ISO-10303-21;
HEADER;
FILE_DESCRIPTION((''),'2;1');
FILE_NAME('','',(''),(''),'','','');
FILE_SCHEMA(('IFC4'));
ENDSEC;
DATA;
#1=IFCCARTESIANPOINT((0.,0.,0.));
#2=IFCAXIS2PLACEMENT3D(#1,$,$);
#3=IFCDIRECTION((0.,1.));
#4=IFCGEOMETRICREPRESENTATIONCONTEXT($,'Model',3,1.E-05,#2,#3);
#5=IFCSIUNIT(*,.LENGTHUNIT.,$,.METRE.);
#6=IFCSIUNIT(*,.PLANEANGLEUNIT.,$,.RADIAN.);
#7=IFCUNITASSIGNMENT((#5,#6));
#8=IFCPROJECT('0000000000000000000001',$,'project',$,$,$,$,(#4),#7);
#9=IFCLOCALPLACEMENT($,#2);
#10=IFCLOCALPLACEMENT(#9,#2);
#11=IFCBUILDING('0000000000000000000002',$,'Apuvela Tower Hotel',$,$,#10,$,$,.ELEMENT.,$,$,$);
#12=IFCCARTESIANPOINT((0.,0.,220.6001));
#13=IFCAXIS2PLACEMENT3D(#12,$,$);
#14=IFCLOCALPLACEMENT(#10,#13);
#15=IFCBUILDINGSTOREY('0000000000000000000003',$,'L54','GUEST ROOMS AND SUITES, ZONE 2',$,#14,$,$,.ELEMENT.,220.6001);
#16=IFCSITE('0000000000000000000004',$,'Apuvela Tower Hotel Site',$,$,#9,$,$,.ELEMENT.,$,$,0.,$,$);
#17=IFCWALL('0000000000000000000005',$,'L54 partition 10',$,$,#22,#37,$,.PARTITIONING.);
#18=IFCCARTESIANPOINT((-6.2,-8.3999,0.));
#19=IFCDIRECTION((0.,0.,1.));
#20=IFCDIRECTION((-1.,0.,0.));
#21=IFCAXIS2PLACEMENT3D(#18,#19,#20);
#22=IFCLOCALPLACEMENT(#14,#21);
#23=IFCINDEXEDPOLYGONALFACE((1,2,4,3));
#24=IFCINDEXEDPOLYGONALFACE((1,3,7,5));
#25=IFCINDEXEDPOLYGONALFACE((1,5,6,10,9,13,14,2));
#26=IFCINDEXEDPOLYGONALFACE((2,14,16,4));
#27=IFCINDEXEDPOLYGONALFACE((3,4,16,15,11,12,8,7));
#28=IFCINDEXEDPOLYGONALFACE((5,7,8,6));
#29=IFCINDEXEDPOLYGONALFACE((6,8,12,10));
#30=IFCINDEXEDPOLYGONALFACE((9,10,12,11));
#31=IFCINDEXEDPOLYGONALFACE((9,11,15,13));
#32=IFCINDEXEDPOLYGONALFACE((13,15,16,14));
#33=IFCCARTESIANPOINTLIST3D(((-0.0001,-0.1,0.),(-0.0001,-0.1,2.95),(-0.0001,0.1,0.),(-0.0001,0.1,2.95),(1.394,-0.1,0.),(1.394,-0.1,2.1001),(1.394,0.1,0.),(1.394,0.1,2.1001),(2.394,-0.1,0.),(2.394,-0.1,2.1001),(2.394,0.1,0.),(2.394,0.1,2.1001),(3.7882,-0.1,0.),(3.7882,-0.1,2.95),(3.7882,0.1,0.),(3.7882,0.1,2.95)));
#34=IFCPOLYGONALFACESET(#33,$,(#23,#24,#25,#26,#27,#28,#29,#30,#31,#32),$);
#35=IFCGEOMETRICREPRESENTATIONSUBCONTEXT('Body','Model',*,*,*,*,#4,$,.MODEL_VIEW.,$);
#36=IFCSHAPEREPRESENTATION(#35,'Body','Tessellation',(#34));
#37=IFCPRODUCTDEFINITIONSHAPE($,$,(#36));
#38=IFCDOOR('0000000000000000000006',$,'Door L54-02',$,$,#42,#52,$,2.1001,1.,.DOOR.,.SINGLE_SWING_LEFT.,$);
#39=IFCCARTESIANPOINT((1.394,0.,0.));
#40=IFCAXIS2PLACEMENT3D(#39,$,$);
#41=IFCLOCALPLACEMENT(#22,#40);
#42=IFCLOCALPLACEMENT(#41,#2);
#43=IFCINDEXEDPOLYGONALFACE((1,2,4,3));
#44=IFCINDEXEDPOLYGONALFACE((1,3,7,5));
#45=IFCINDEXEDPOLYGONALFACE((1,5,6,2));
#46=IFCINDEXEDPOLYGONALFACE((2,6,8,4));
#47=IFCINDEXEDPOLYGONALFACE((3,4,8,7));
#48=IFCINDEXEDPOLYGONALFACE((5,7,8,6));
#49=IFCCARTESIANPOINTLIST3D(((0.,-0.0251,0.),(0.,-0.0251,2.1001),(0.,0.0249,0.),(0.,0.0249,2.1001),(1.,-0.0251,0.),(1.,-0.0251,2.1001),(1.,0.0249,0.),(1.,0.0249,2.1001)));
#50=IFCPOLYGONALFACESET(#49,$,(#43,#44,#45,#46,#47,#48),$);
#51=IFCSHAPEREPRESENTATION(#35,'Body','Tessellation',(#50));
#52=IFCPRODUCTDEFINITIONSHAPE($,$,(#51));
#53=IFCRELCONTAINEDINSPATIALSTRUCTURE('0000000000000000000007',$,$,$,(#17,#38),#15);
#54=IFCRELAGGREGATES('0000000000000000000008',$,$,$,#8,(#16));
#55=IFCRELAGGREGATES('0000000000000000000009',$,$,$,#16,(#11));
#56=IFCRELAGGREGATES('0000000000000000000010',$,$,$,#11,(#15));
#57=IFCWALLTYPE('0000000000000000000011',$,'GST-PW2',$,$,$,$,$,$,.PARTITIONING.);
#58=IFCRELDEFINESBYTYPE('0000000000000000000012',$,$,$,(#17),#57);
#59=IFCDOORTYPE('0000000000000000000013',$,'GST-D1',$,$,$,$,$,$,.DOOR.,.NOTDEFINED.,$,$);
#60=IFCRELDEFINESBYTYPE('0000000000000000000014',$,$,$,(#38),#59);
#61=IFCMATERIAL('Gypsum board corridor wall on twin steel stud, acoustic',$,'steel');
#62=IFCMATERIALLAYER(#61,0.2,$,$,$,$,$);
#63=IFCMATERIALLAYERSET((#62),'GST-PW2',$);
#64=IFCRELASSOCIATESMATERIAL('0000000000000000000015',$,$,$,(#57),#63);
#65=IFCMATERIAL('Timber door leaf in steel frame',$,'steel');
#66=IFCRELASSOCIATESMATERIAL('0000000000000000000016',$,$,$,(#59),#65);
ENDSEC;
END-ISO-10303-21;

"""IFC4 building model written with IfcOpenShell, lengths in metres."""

from ifc_helpers import new_model, si_unit, direction, frame, frame_2d, origin, place, context, subcontext, project, spatial, rectangle, extrude, material, layer, layer_set, type_object, element, fill, save


model = new_model("IFC4")

# Units and contexts
model_context = context("Model", 3, precision=1e-05, world=origin(), true_north=direction((0.0, 1.0)))
body_context = subcontext(model_context, "Body", "Model", "MODEL_VIEW")
ifc_project = project(units=[si_unit("LENGTHUNIT", "METRE"), si_unit("PLANEANGLEUNIT", "RADIAN")], contexts=[model_context])

# Site, building, storey
site_placement = place(None, origin())
site = spatial("IfcSite", under=ifc_project, at=site_placement, Name="Apuvela Tower Hotel Site", CompositionType="ELEMENT", RefElevation=0.0)
building_placement = place(site_placement, origin())
building = spatial("IfcBuilding", under=site, at=building_placement, Name="Apuvela Tower Hotel", CompositionType="ELEMENT")
storey_placement = place(building_placement, frame((0.0, 0.0, 220.6001)))
storey = spatial("IfcBuildingStorey", under=building, at=storey_placement, Name="L54", Description="GUEST ROOMS AND SUITES, ZONE 2", CompositionType="ELEMENT", Elevation=220.6001)

# Wall, opening, door
ifc_material_1 = material(Name="Gypsum board corridor wall on twin steel stud, acoustic", Category="steel")
ifc_layer_1 = layer(ifc_material_1, 0.2)
ifc_layer_set_1 = layer_set([ifc_layer_1], Name="GST-PW2")
wall_type_1 = type_object("IfcWallType", Name="GST-PW2", PredefinedType="PARTITIONING", material=ifc_layer_set_1)
wall_1_placement = place(storey_placement, frame((-6.2, -8.3999, 0.0), z_axis=(0.0, 0.0, 1.0), x_axis=(-1.0, 0.0, 0.0)))
wall_1 = element("IfcWall", 1, at=wall_1_placement, inside=storey, type_object=wall_type_1, Name="L54 partition 10", PredefinedType="PARTITIONING", context=body_context, shape_type="SweptSolid", body=[
    extrude(rectangle(XDim=3.7883, YDim=0.2, at=frame_2d((1.894, 0.0))), origin(), (0.0, 0.0, 1.0), 2.95),
])
opening_1_placement = place(wall_1_placement, frame((1.394, 0.0, 0.0)))
opening_1 = element("IfcOpeningElement", 2, at=opening_1_placement, cuts=wall_1, PredefinedType="OPENING", context=body_context, shape_type="SweptSolid", body=[
    extrude(rectangle(XDim=1.0, YDim=2.1001, at=frame_2d((0.5, 1.05))), frame((0.0, 0.1099, 0.0), z_axis=(0.0, -1.0, 0.0), x_axis=(1.0, 0.0, 0.0)), (0.0, 0.0, 1.0), 0.22),
])
ifc_material_2 = material(Name="Timber door leaf in steel frame", Category="steel")
door_type_1 = type_object("IfcDoorType", Name="GST-D1", OperationType="NOTDEFINED", PredefinedType="DOOR", material=ifc_material_2)
door_1_placement = place(opening_1_placement, origin())
door_1 = element("IfcDoor", 3, at=door_1_placement, inside=storey, type_object=door_type_1, Name="Door L54-02", OperationType="SINGLE_SWING_LEFT", OverallHeight=2.1001, OverallWidth=1.0, PredefinedType="DOOR", context=body_context, shape_type="SweptSolid", body=[
    extrude(rectangle(XDim=1.0, YDim=2.1001, at=frame_2d((0.5, 1.05))), frame((0.0, 0.0249, 0.0), z_axis=(0.0, -1.0, 0.0), x_axis=(1.0, 0.0, 0.0)), (0.0, 0.0, 1.0), 0.05),
])
fill(opening_1, door_1)

save(model, "model.ifc")
